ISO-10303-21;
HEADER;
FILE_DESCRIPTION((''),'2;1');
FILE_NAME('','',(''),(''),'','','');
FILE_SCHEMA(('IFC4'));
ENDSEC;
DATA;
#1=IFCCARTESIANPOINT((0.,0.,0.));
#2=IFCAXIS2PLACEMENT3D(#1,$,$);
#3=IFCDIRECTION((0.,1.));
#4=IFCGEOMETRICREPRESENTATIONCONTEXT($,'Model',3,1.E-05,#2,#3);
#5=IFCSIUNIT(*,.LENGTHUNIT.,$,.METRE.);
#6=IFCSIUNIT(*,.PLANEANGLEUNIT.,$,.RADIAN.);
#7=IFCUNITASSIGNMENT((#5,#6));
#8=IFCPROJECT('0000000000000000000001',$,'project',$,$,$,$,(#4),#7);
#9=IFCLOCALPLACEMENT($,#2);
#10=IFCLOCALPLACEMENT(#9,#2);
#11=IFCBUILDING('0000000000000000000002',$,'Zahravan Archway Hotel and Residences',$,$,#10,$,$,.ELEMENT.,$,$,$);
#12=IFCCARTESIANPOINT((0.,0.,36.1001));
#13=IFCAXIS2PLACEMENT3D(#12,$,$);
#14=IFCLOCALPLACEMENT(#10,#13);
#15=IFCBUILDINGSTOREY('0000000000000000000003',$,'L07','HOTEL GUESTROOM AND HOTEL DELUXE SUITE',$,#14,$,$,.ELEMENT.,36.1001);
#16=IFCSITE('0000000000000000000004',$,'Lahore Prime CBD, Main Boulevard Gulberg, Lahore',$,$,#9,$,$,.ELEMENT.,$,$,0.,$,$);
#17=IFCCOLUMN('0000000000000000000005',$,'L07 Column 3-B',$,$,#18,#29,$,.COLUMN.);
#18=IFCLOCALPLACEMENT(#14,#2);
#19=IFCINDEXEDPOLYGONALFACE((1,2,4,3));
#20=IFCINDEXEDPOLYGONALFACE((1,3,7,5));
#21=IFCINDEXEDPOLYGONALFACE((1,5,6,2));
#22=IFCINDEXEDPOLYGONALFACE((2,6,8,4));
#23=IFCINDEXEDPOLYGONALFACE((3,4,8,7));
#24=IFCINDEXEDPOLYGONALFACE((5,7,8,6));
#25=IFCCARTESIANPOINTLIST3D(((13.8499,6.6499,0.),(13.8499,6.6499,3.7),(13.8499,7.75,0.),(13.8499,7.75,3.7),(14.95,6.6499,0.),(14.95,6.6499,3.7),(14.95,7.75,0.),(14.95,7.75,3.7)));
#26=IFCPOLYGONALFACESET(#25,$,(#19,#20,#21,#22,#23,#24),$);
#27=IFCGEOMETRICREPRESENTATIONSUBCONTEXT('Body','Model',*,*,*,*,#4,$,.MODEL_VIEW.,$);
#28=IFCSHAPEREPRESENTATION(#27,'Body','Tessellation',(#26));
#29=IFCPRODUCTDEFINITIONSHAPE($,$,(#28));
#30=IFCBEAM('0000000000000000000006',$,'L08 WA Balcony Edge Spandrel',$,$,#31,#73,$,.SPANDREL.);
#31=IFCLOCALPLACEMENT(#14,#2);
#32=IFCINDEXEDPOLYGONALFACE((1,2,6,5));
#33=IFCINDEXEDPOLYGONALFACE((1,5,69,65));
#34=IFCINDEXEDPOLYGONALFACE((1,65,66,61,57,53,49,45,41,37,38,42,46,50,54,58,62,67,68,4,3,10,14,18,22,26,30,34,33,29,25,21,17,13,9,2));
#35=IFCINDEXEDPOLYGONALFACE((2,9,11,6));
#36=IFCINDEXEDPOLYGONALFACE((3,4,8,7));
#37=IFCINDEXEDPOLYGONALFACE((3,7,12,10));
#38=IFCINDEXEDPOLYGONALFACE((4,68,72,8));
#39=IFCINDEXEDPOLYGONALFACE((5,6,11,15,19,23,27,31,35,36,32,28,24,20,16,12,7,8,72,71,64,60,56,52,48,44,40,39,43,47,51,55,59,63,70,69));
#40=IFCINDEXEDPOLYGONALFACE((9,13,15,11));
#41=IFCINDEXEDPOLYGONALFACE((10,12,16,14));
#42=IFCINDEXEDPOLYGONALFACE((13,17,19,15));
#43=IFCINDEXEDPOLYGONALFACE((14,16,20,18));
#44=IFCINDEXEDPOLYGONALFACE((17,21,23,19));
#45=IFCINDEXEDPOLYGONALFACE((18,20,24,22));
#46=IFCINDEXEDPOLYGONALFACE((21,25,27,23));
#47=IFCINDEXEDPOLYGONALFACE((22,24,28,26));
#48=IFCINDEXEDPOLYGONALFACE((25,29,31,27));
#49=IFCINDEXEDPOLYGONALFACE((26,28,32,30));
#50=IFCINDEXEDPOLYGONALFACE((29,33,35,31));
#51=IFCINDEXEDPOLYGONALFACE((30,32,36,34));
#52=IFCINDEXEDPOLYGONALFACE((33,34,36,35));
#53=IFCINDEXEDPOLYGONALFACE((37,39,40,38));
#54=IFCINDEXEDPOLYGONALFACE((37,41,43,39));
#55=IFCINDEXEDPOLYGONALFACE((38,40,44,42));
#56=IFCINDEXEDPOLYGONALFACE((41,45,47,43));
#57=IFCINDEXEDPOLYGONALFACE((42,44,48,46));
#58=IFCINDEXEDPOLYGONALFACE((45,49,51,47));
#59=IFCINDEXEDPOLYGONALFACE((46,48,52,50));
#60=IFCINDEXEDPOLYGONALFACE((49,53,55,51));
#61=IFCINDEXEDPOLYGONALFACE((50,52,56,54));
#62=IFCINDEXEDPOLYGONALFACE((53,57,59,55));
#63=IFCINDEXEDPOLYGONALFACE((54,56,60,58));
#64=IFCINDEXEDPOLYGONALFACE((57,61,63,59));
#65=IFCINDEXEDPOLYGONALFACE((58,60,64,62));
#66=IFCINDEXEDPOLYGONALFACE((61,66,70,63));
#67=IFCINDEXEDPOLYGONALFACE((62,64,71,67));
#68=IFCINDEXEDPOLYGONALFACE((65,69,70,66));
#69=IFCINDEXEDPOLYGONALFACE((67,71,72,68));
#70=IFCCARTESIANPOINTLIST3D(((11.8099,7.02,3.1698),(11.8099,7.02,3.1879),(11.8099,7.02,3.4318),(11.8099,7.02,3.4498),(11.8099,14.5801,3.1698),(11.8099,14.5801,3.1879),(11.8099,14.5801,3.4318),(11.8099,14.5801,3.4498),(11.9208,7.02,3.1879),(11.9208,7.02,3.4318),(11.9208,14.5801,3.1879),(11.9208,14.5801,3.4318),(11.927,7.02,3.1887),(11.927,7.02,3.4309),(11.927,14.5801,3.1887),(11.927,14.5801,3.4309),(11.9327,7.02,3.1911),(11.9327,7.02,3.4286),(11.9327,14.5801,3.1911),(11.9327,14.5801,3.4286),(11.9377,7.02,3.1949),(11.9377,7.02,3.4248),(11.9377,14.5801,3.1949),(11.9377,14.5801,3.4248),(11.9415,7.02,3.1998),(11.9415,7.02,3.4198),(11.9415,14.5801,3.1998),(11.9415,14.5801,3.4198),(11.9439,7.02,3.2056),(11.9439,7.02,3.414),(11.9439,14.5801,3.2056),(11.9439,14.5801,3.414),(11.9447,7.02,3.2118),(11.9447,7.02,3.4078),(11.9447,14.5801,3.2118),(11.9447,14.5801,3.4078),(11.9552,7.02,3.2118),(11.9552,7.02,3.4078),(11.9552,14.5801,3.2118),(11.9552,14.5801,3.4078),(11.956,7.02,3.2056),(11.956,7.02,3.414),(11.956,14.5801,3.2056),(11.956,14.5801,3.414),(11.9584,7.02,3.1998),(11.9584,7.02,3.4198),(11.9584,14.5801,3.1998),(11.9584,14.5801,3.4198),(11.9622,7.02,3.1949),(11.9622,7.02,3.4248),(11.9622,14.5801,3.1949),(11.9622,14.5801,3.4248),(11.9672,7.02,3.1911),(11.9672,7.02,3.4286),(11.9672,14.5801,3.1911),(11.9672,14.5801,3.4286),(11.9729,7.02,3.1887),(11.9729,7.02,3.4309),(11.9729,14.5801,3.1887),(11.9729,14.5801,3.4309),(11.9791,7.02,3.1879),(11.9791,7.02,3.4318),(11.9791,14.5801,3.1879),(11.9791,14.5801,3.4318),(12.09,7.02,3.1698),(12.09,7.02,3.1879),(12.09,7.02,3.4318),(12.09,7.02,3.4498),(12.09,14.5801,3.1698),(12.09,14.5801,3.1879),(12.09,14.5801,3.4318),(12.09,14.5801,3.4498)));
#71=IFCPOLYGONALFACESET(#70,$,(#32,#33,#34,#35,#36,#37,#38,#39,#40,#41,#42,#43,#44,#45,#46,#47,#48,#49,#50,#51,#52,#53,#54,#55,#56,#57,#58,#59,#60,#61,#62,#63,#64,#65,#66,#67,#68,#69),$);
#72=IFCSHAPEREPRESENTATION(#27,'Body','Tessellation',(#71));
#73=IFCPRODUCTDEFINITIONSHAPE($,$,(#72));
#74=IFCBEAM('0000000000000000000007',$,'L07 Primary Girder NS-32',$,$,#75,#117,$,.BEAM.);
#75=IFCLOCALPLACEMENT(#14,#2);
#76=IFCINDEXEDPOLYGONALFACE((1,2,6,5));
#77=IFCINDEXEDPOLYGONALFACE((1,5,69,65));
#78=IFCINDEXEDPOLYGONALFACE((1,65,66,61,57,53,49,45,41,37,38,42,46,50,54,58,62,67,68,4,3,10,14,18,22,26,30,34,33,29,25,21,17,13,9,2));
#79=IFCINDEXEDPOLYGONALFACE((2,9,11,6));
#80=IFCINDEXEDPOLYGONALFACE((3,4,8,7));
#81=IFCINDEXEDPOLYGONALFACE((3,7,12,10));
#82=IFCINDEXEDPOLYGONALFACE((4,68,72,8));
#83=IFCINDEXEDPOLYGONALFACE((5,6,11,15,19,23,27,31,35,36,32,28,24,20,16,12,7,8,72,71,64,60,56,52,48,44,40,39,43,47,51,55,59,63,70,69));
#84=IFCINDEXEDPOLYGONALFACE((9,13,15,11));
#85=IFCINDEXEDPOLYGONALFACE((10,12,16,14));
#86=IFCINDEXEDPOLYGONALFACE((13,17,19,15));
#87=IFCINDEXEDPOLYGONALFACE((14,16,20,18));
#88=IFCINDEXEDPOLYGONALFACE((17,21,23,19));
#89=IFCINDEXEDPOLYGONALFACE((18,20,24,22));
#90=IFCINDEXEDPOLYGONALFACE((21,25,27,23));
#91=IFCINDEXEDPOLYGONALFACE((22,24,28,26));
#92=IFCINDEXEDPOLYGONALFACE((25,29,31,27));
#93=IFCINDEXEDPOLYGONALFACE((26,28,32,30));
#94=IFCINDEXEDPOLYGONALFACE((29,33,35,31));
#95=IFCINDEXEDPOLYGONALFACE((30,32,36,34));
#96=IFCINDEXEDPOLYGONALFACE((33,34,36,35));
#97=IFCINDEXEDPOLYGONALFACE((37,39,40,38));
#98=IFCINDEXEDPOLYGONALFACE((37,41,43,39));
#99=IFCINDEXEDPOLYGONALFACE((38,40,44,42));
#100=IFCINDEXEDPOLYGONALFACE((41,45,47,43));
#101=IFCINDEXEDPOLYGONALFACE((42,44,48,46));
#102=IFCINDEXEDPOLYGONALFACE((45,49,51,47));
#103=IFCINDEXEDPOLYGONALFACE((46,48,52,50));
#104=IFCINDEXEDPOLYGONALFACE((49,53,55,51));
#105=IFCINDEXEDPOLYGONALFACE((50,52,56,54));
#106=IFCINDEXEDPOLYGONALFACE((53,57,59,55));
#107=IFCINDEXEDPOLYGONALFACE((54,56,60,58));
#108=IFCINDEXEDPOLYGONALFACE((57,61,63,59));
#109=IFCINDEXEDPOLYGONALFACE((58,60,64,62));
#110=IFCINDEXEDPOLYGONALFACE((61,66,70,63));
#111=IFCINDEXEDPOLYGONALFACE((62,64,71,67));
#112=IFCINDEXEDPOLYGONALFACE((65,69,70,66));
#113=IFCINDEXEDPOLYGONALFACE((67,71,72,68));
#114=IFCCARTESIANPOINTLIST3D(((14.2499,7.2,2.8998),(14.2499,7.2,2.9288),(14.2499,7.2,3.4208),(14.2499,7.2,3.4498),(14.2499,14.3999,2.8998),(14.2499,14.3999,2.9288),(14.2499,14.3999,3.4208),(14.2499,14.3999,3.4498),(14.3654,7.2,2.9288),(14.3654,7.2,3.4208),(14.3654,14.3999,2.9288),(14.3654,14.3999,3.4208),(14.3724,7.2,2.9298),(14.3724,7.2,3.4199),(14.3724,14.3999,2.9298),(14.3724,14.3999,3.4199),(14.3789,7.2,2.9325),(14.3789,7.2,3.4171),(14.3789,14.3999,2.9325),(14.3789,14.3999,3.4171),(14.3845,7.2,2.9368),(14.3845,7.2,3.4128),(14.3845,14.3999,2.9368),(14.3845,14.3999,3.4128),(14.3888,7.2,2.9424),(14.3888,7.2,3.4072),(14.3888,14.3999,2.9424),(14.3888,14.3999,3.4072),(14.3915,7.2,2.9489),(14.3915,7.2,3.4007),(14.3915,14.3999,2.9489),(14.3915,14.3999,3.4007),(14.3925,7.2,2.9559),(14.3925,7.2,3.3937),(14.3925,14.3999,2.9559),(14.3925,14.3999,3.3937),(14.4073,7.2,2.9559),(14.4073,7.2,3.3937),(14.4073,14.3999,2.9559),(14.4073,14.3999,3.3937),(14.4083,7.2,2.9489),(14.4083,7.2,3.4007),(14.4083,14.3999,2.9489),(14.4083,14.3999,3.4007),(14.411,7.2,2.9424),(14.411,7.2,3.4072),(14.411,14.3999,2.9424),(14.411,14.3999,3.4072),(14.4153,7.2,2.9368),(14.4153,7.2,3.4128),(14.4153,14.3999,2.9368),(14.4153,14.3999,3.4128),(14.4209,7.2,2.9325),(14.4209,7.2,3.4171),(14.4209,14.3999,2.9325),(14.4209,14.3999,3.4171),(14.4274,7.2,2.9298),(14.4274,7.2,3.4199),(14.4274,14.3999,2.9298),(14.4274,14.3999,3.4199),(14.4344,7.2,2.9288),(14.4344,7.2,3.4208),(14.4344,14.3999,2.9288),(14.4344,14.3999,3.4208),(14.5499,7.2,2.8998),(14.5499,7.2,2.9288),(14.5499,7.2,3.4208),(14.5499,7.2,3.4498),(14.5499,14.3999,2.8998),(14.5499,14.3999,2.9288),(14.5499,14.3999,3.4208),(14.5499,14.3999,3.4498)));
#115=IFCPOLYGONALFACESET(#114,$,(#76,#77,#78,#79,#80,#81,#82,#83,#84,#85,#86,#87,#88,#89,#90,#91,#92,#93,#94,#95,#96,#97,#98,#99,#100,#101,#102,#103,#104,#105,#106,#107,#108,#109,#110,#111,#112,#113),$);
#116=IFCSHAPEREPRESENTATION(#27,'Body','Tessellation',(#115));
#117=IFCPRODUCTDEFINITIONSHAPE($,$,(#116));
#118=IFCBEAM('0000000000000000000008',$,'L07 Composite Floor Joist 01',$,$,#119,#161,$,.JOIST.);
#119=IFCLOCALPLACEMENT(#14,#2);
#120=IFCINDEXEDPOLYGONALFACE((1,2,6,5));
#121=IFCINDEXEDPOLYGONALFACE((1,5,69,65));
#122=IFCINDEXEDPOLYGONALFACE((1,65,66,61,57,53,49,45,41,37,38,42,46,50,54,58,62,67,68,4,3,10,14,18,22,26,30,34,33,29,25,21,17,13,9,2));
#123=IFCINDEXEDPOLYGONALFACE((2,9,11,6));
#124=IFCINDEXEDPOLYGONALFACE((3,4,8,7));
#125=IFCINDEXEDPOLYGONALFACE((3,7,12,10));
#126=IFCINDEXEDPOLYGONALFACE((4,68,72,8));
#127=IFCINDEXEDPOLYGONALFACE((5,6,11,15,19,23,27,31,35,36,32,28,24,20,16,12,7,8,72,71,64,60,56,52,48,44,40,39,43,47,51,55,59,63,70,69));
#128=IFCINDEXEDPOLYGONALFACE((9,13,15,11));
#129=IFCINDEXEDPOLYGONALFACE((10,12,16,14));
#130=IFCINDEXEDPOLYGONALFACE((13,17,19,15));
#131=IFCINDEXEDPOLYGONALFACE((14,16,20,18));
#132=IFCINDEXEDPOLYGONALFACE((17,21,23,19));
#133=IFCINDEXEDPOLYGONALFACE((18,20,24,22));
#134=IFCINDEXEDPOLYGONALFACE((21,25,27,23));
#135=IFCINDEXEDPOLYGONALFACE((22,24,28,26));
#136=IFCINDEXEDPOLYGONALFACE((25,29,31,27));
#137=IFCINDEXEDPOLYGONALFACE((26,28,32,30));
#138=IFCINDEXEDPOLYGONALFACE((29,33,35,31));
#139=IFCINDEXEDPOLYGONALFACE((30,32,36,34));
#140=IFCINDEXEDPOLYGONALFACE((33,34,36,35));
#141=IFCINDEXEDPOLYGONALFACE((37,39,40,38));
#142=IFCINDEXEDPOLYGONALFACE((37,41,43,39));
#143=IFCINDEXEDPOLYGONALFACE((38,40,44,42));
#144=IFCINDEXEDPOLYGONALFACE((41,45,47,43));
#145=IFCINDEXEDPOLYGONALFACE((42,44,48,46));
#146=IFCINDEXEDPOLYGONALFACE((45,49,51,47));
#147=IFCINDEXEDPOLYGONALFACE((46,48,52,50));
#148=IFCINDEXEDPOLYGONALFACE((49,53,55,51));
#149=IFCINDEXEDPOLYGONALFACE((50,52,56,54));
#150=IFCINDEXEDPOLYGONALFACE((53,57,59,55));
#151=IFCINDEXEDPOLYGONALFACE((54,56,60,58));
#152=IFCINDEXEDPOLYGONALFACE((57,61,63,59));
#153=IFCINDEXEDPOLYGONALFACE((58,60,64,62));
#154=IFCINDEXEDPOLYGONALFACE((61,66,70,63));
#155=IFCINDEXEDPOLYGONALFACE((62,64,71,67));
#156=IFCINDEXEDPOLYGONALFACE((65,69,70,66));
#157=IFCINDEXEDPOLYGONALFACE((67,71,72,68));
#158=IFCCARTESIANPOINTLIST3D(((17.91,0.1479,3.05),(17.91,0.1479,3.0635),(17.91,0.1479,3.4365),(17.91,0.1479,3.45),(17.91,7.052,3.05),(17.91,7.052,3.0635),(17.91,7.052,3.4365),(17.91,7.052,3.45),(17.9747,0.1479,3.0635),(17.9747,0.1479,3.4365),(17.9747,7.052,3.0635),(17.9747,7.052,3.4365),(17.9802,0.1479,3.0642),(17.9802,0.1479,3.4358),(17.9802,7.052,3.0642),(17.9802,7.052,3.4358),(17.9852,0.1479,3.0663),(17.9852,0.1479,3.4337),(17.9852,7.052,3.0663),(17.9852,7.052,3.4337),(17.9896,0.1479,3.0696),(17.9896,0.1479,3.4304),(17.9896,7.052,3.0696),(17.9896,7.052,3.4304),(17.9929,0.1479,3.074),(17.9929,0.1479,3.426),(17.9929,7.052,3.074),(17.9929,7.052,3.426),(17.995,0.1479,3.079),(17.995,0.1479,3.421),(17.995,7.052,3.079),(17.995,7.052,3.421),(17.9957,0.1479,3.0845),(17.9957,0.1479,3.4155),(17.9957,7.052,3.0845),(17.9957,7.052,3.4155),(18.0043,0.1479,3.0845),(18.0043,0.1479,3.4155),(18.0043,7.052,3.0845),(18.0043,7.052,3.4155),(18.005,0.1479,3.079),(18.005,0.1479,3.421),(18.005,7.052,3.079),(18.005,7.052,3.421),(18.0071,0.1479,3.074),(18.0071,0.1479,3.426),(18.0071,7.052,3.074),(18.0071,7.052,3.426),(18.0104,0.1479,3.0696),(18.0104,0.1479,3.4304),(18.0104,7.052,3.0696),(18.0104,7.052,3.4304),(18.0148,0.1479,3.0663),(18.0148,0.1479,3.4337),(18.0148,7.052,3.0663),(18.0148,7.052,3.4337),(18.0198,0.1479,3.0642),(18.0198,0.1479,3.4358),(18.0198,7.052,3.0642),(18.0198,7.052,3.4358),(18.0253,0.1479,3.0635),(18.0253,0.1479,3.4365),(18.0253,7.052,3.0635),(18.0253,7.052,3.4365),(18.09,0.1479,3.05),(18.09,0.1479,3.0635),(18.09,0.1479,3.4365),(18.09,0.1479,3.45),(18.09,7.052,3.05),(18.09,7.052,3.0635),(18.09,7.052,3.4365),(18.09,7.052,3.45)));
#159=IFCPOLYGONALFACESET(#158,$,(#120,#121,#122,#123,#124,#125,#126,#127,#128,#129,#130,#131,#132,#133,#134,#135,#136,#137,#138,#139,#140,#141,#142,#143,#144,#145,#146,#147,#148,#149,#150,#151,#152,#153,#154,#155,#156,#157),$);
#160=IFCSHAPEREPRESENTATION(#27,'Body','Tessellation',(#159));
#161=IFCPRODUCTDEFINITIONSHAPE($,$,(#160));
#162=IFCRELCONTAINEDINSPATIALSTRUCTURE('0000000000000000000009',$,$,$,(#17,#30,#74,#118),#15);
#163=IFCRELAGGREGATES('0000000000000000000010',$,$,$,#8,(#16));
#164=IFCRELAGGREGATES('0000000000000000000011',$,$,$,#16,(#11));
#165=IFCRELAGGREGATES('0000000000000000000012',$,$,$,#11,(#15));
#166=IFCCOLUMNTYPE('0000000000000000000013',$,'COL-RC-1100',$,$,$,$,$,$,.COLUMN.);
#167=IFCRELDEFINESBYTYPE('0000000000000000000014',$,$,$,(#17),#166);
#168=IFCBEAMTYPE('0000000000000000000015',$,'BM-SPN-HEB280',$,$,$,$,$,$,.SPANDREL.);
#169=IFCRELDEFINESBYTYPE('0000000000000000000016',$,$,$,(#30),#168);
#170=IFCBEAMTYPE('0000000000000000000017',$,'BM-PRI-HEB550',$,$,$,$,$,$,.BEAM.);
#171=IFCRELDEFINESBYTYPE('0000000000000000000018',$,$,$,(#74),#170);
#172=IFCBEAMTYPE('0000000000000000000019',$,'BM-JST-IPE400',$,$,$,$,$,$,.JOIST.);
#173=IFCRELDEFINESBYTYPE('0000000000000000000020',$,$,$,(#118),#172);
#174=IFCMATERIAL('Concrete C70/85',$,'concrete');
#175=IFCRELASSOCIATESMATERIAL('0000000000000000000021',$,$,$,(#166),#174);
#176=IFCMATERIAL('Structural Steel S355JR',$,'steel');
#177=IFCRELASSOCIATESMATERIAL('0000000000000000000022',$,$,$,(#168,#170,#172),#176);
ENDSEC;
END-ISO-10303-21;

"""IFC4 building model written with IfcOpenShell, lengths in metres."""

from ifc_helpers import new_model, si_unit, direction, frame, origin, origin_2d, place, context, subcontext, project, spatial, rectangle, i_section, extrude, source, transform, mapped, material, material_profile, profile_set, type_object, type_shapes, element, save


model = new_model("IFC4")

# Units and contexts
model_context = context("Model", 3, precision=1e-05, world=origin(), true_north=direction((0.0, 1.0)))
body_context = subcontext(model_context, "Body", "Model", "MODEL_VIEW")
ifc_project = project(units=[si_unit("LENGTHUNIT", "METRE"), si_unit("PLANEANGLEUNIT", "RADIAN")], contexts=[model_context])

# Site, building, storey
site_placement = place(None, origin())
site = spatial("IfcSite", under=ifc_project, at=site_placement, Name="Lahore Prime CBD, Main Boulevard Gulberg, Lahore", CompositionType="ELEMENT", RefElevation=0.0)
building_placement = place(site_placement, origin())
building = spatial("IfcBuilding", under=site, at=building_placement, Name="Zahravan Archway Hotel and Residences", CompositionType="ELEMENT")
storey_placement = place(building_placement, frame((0.0, 0.0, 36.1001)))
storey = spatial("IfcBuildingStorey", under=building, at=storey_placement, Name="L07", Description="HOTEL GUESTROOM AND HOTEL DELUXE SUITE", CompositionType="ELEMENT", Elevation=36.1001)

# Column
ifc_material_1 = material(Name="Concrete C70/85", Category="concrete")
ifc_material_profile_1 = material_profile(ifc_material_1, rectangle(XDim=1.1001, YDim=1.1001, at=origin_2d()), Name="RC 1100x1100", Category="concrete")
ifc_profile_set_1 = profile_set([ifc_material_profile_1], Name="Concrete C70/85")
column_type = type_object("IfcColumnType", Name="COL-RC-1100", PredefinedType="COLUMN", material=ifc_profile_set_1)
shared_shape_1 = source(origin(), body_context, "Body", "SweptSolid", [
    extrude(rectangle(XDim=1.1001, YDim=1.1001, at=origin_2d()), origin(), (0.0, 0.0, 1.0), 3.7),
])
column_placement = place(storey_placement, frame((14.3999, 7.2, 0.0), z_axis=(0.0, 0.0, 1.0), x_axis=(1.0, 0.0, 0.0)))
element("IfcColumn", 1, at=column_placement, inside=storey, type_object=column_type, Name="L07 Column 3-B", PredefinedType="COLUMN", context=body_context, shape_type="MappedRepresentation", body=[
    mapped(shared_shape_1, transform((0.0, 0.0, 0.0), scale=1.0)),
])

# Beams
ifc_material_2 = material(Name="Structural Steel S355JR", Category="steel")
ifc_material_profile_2 = material_profile(ifc_material_2, i_section(OverallWidth=0.28, OverallDepth=0.28, WebThickness=0.0105, FlangeThickness=0.0181, FilletRadius=0.0239, at=origin_2d()), Name="HEB 280", Category="steel")
ifc_profile_set_2 = profile_set([ifc_material_profile_2], Name="Structural Steel S355JR")
beam_type_1 = type_object("IfcBeamType", Name="BM-SPN-HEB280", PredefinedType="SPANDREL", material=ifc_profile_set_2)
shared_shape_2 = source(origin(), body_context, "Body", "SweptSolid", [
    extrude(i_section(OverallWidth=0.28, OverallDepth=0.28, WebThickness=0.0105, FlangeThickness=0.0181, FilletRadius=0.0239, at=origin_2d()), origin(), (0.0, 0.0, 1.0), 7.5601),
])
type_shapes(beam_type_1, [shared_shape_2])
beam_1_placement = place(storey_placement, frame((11.95, 7.02, 3.3098), z_axis=(0.0, 1.0, 0.0), x_axis=(-1.0, 0.0, 0.0)))
element("IfcBeam", 2, at=beam_1_placement, inside=storey, type_object=beam_type_1, Name="L08 WA Balcony Edge Spandrel", PredefinedType="SPANDREL", context=body_context, shape_type="MappedRepresentation", body=[
    mapped(shared_shape_2, transform((0.0, 0.0, 0.0), scale=1.0)),
])
ifc_material_profile_3 = material_profile(ifc_material_2, i_section(OverallWidth=0.3, OverallDepth=0.55, WebThickness=0.0149, FlangeThickness=0.0291, FilletRadius=0.0271, at=origin_2d()), Name="HEB 550", Category="steel")
ifc_profile_set_3 = profile_set([ifc_material_profile_3], Name="Structural Steel S355JR")
beam_type_2 = type_object("IfcBeamType", Name="BM-PRI-HEB550", PredefinedType="BEAM", material=ifc_profile_set_3)
shared_shape_3 = source(origin(), body_context, "Body", "SweptSolid", [
    extrude(i_section(OverallWidth=0.3, OverallDepth=0.55, WebThickness=0.0149, FlangeThickness=0.0291, FilletRadius=0.0271, at=origin_2d()), origin(), (0.0, 0.0, 1.0), 7.2),
])
beam_2_placement = place(storey_placement, frame((14.3999, 7.2, 3.1748), z_axis=(0.0, 1.0, 0.0), x_axis=(-1.0, 0.0, 0.0)))
element("IfcBeam", 3, at=beam_2_placement, inside=storey, type_object=beam_type_2, Name="L07 Primary Girder NS-32", PredefinedType="BEAM", context=body_context, shape_type="MappedRepresentation", body=[
    mapped(shared_shape_3, transform((0.0, 0.0, 0.0), scale=1.0)),
])
ifc_material_profile_4 = material_profile(ifc_material_2, i_section(OverallWidth=0.1799, OverallDepth=0.3999, WebThickness=0.0085, FlangeThickness=0.0134, FilletRadius=0.021, at=origin_2d()), Name="IPE 400", Category="steel")
ifc_profile_set_4 = profile_set([ifc_material_profile_4], Name="Structural Steel S355JR")
beam_type_3 = type_object("IfcBeamType", Name="BM-JST-IPE400", PredefinedType="JOIST", material=ifc_profile_set_4)
shared_shape_4 = source(origin(), body_context, "Body", "SweptSolid", [
    extrude(i_section(OverallWidth=0.1799, OverallDepth=0.3999, WebThickness=0.0085, FlangeThickness=0.0134, FilletRadius=0.021, at=origin_2d()), origin(), (0.0, 0.0, 1.0), 6.9041),
])
type_shapes(beam_type_3, [shared_shape_4])
beam_3_placement = place(storey_placement, frame((18.0, 0.1479, 3.25), z_axis=(0.0, 1.0, 0.0), x_axis=(-1.0, 0.0, 0.0)))
element("IfcBeam", 4, at=beam_3_placement, inside=storey, type_object=beam_type_3, Name="L07 Composite Floor Joist 01", PredefinedType="JOIST", context=body_context, shape_type="MappedRepresentation", body=[
    mapped(shared_shape_4, transform((0.0, 0.0, 0.0), scale=1.0)),
])

save(model, "model.ifc")
